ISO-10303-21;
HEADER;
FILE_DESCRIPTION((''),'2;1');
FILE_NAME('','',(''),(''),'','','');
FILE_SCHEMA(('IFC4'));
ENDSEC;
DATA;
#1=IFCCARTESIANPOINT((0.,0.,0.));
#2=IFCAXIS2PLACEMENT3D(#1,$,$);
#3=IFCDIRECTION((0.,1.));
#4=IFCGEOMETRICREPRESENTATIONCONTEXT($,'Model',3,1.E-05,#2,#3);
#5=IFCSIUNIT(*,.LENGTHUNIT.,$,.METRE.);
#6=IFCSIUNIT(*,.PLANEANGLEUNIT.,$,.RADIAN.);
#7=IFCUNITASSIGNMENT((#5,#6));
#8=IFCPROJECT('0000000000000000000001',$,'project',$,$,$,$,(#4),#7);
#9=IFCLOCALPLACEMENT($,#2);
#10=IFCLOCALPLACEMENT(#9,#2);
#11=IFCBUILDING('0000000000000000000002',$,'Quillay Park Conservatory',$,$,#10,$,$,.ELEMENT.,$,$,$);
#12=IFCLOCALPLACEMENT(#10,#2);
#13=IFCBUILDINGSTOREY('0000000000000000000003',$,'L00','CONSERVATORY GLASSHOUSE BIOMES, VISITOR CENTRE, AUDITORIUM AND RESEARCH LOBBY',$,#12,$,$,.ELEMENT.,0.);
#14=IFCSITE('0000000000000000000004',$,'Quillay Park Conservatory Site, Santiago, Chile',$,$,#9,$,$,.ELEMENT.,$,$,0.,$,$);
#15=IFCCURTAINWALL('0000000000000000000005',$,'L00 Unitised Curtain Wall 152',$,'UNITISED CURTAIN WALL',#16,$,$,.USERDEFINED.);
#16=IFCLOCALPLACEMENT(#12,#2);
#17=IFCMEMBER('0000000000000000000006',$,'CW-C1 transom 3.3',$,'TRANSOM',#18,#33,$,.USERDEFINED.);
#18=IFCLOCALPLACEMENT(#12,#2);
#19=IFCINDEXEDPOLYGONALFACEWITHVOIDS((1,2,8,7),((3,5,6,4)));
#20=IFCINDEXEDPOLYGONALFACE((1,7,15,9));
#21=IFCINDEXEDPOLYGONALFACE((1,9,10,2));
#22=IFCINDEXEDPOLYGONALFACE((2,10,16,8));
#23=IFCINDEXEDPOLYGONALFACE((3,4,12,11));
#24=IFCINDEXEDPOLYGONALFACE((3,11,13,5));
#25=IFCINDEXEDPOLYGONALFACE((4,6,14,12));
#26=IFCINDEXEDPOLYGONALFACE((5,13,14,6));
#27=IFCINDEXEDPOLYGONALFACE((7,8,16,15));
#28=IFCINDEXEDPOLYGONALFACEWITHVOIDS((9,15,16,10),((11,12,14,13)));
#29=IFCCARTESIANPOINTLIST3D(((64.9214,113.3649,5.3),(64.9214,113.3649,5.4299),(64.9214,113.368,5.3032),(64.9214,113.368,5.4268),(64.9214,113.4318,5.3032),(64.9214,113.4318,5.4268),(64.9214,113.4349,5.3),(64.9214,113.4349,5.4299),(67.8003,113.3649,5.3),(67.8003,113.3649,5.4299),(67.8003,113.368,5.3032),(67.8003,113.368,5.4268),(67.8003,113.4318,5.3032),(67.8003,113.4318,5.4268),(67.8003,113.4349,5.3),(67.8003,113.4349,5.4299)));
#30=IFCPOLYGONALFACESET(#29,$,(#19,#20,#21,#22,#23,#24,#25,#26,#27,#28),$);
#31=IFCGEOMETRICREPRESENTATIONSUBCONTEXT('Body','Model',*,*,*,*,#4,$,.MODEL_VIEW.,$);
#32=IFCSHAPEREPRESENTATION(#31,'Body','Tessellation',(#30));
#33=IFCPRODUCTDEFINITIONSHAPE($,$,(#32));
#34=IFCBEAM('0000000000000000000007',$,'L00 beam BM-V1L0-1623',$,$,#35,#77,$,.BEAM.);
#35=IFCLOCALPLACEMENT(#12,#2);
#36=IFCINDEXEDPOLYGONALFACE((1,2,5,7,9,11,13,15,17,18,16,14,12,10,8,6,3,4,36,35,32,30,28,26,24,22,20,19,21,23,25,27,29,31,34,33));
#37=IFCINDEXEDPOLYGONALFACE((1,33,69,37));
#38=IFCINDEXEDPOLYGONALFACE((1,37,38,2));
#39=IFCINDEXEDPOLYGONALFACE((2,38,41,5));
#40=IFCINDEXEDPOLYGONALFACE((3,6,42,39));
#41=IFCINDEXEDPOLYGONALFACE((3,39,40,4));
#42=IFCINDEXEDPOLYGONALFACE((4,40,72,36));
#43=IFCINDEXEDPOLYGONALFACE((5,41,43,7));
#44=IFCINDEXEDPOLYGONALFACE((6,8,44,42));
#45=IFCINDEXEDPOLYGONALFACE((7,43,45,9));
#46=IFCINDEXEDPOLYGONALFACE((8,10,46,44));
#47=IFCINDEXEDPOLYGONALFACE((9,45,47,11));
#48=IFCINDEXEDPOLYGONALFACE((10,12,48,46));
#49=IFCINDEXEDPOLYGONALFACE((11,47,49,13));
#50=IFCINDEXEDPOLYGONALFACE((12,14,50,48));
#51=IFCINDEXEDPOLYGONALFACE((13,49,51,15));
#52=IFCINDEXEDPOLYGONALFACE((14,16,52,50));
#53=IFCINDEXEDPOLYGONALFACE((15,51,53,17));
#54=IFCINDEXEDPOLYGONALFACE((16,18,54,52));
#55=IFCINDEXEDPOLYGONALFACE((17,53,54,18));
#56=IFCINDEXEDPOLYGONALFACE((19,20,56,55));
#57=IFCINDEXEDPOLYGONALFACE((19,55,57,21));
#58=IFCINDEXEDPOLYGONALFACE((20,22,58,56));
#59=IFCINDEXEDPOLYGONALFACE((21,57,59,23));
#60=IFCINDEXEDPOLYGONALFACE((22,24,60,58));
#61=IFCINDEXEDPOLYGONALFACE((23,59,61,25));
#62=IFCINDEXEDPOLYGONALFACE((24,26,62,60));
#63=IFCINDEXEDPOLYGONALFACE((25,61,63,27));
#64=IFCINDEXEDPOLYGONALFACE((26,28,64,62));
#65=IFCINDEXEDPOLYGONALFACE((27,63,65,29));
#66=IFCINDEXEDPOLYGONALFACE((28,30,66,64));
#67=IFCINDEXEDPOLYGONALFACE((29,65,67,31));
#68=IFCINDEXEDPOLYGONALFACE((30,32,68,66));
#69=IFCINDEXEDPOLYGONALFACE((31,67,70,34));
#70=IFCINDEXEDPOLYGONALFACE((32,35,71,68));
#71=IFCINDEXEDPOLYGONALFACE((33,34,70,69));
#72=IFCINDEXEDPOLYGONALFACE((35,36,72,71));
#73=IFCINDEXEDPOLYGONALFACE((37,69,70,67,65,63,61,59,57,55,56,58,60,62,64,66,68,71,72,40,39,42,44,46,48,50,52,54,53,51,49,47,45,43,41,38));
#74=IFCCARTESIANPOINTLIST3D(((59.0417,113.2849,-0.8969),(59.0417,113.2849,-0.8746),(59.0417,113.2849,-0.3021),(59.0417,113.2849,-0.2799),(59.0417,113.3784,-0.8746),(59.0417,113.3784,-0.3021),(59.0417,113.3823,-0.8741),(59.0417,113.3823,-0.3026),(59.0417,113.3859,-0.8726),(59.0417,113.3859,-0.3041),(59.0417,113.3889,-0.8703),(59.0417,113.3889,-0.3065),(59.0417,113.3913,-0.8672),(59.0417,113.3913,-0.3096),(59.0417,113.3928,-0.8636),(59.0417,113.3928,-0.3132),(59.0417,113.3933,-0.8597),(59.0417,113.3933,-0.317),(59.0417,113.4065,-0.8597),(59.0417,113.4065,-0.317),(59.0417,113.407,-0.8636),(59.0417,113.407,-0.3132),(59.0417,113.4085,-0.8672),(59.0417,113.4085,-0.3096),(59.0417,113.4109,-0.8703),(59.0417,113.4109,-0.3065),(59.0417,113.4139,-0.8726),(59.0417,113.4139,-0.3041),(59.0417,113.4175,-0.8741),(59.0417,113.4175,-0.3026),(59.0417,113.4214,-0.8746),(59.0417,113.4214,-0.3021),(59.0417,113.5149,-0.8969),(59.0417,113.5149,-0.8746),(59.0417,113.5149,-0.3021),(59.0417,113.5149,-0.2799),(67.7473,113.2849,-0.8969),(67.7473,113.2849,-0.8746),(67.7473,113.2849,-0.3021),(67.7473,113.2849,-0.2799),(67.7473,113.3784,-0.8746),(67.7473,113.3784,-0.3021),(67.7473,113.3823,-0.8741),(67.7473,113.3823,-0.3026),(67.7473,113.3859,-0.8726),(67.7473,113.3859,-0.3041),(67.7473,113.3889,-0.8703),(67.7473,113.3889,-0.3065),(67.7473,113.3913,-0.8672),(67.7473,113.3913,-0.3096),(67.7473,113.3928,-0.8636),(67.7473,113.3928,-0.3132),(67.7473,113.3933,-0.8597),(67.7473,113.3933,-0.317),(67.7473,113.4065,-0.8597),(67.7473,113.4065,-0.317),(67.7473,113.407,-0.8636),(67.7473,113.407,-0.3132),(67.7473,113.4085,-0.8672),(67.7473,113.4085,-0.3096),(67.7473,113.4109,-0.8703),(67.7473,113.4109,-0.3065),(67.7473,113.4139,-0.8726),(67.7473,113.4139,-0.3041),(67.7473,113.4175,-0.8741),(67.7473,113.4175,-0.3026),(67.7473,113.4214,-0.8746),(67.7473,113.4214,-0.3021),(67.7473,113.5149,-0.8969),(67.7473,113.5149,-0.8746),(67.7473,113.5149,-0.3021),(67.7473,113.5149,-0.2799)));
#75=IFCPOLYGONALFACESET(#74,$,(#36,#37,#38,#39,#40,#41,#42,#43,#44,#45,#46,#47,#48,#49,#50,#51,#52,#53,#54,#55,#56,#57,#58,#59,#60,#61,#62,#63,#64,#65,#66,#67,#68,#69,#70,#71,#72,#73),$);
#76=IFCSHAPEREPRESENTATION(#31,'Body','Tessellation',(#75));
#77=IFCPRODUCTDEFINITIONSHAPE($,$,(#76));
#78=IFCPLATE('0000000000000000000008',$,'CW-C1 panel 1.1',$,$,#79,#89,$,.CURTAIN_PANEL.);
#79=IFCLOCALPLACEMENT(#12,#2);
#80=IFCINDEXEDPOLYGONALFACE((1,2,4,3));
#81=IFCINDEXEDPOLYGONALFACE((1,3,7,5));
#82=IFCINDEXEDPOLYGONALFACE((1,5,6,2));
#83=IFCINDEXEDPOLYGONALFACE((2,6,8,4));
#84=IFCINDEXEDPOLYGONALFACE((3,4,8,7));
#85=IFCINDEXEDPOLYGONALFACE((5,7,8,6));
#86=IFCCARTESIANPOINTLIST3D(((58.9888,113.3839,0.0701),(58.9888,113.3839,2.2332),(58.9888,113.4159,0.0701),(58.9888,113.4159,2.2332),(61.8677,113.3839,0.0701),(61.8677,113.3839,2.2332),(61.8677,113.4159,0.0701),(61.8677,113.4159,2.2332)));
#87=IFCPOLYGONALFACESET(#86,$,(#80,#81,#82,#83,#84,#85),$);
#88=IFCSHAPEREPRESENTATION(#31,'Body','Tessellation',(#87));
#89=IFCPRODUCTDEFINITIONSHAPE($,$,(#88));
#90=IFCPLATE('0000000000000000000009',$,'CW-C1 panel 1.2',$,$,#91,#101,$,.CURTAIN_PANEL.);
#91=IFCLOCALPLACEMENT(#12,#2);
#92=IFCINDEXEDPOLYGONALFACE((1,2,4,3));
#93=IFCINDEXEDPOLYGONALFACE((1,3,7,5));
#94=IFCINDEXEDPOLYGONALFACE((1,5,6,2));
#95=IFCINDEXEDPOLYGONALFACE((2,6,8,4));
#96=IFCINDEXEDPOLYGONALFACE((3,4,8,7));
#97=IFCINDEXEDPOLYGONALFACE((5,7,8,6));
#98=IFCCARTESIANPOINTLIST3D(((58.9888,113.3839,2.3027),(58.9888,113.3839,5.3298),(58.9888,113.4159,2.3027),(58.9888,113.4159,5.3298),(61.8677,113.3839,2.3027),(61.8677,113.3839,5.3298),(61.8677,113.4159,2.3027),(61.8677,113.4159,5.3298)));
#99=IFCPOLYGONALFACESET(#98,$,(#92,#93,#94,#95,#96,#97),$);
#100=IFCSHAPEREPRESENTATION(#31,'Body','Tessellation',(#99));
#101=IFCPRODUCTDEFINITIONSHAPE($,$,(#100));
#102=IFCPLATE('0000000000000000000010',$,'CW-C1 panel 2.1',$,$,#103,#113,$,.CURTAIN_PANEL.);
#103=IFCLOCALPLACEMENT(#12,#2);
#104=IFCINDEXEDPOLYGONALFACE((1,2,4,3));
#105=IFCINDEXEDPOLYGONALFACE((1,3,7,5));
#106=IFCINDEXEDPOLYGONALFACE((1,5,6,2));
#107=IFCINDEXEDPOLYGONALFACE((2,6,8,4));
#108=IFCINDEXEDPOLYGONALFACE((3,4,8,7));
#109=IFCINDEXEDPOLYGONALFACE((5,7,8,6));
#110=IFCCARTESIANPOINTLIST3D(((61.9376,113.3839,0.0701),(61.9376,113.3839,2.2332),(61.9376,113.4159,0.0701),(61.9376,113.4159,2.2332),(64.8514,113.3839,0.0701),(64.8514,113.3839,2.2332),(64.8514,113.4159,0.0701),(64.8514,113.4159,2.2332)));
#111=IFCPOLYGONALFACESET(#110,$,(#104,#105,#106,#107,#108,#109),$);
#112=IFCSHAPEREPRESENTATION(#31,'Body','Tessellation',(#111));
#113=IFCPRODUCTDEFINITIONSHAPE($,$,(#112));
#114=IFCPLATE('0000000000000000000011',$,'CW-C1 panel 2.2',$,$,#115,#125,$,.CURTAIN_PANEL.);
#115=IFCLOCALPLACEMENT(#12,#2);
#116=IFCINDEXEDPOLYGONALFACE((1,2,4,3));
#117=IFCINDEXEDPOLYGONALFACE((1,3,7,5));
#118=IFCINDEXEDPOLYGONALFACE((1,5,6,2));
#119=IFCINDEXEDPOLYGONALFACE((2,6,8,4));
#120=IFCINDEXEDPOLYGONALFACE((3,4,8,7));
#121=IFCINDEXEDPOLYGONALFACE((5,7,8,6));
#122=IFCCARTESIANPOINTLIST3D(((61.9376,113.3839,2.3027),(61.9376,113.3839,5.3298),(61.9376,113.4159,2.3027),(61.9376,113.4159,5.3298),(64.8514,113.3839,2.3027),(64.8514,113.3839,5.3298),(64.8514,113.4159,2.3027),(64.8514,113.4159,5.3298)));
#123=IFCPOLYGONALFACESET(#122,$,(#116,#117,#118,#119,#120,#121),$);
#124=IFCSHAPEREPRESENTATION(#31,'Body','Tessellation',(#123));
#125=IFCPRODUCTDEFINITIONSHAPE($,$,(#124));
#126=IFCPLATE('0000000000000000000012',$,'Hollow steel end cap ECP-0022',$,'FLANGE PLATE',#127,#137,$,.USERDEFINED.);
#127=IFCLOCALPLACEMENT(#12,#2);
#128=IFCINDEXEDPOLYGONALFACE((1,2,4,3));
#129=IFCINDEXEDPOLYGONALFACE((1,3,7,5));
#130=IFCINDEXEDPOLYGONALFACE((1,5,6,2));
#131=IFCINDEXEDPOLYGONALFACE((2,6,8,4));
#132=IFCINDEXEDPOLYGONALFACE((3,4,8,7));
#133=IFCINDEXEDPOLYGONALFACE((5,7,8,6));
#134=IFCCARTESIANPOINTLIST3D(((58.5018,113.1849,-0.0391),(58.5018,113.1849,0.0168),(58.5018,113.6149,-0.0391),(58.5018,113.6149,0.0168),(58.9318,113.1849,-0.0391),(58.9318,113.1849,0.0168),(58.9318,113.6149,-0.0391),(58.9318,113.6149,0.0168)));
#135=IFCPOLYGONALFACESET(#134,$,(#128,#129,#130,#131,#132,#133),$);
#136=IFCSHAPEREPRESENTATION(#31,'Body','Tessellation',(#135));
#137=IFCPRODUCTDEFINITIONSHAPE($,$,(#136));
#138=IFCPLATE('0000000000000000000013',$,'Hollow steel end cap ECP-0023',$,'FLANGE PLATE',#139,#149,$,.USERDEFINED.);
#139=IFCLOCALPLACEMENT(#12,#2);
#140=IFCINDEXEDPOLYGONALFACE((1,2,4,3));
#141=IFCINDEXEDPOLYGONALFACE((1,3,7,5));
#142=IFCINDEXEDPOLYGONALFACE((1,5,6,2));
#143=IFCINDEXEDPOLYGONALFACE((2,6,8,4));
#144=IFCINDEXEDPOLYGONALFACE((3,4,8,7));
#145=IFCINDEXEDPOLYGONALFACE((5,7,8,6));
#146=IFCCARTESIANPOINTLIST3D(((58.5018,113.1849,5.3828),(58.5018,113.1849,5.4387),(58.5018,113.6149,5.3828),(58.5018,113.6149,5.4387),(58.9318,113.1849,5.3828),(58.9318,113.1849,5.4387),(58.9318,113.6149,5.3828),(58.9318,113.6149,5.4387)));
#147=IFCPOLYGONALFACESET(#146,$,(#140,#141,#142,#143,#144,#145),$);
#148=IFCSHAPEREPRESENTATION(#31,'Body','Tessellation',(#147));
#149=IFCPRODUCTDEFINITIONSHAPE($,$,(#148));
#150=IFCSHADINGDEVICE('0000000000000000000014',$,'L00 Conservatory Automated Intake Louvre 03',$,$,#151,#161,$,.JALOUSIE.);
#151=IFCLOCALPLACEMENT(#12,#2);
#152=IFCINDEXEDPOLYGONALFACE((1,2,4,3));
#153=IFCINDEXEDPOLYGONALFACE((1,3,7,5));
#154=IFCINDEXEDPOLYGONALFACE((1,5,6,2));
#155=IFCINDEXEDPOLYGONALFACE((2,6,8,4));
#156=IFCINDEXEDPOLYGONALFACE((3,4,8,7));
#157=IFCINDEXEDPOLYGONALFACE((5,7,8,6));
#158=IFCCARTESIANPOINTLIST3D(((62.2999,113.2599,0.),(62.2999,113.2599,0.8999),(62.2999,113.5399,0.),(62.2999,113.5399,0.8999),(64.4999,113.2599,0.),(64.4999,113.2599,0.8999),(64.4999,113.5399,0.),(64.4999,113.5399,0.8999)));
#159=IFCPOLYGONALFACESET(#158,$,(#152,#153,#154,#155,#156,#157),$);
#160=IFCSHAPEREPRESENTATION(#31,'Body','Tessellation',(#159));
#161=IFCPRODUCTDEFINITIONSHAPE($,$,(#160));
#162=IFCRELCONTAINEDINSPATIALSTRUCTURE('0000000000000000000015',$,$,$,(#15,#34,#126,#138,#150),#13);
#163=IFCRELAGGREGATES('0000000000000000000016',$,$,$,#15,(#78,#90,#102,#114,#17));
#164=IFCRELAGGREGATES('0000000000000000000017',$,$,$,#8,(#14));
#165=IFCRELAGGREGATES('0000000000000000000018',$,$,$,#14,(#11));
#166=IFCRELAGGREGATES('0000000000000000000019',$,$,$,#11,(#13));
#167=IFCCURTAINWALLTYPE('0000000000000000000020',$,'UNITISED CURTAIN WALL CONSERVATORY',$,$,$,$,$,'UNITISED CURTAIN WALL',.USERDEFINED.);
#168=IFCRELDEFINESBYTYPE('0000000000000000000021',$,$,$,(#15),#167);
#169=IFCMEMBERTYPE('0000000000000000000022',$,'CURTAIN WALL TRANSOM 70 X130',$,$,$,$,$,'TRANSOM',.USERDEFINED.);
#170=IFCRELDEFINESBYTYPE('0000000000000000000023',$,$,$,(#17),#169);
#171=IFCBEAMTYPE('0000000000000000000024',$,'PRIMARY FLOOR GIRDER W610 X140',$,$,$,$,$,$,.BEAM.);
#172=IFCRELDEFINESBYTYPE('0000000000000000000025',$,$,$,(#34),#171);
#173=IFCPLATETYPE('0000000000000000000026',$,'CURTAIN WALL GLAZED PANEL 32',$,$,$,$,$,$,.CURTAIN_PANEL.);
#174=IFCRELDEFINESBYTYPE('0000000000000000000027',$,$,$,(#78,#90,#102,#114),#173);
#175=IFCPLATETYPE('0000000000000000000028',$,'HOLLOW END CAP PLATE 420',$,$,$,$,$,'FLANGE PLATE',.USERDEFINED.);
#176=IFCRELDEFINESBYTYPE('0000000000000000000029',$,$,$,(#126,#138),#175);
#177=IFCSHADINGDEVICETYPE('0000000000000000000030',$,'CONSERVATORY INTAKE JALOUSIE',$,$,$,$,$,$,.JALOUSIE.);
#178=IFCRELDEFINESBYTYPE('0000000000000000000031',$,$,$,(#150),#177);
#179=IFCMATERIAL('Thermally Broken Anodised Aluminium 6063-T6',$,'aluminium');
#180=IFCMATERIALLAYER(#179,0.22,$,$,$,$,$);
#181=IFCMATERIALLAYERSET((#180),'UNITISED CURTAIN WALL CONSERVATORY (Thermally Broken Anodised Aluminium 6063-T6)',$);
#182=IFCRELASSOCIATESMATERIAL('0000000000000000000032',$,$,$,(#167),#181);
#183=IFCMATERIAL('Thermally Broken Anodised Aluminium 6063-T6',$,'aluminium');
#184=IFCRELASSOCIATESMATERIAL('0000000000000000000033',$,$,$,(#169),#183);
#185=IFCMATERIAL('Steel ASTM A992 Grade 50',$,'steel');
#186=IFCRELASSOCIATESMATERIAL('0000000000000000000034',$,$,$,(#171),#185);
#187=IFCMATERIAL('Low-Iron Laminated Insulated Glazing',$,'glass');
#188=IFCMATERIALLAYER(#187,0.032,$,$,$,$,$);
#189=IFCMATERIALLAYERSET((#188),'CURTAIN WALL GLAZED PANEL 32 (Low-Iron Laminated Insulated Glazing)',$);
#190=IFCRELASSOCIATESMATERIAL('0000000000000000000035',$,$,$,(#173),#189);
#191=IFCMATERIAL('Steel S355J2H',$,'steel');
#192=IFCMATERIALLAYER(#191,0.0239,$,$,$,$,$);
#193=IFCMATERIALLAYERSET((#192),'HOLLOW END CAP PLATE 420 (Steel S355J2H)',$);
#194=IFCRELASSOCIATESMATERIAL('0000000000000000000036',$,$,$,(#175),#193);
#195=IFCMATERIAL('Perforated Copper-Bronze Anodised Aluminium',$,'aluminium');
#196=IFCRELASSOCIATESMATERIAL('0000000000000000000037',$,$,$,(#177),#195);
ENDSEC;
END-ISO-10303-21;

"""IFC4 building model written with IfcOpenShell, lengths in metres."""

from ifc_helpers import new_model, si_unit, direction, frame, origin, origin_2d, place, context, subcontext, project, spatial, rectangle, hollow_rectangle, i_section, extrude, material, layer, layer_set, material_profile, profile_set, type_object, element, aggregate, save


model = new_model("IFC4")

# Units and contexts
model_context = context("Model", 3, precision=1e-05, world=origin(), true_north=direction((0.0, 1.0)))
body_context = subcontext(model_context, "Body", "Model", "MODEL_VIEW")
ifc_project = project(units=[si_unit("LENGTHUNIT", "METRE"), si_unit("PLANEANGLEUNIT", "RADIAN")], contexts=[model_context])

# Site, building, storey
site_placement = place(None, origin())
site = spatial("IfcSite", under=ifc_project, at=site_placement, Name="Quillay Park Conservatory Site, Santiago, Chile", CompositionType="ELEMENT", RefElevation=0.0)
building_placement = place(site_placement, origin())
building = spatial("IfcBuilding", under=site, at=building_placement, Name="Quillay Park Conservatory", CompositionType="ELEMENT")
storey_placement = place(building_placement, origin())
storey = spatial("IfcBuildingStorey", under=building, at=storey_placement, Name="L00", Description="CONSERVATORY GLASSHOUSE BIOMES, VISITOR CENTRE, AUDITORIUM AND RESEARCH LOBBY", CompositionType="ELEMENT", Elevation=0.0)

# Curtain wall, member
ifc_material_1 = material(Name="Thermally Broken Anodised Aluminium 6063-T6", Category="aluminium")
ifc_layer_1 = layer(ifc_material_1, 0.22)
ifc_layer_set_1 = layer_set([ifc_layer_1], Name="UNITISED CURTAIN WALL CONSERVATORY (Thermally Broken Anodised Aluminium 6063-T6)")
curtain_wall_type = type_object("IfcCurtainWallType", Name="UNITISED CURTAIN WALL CONSERVATORY", ElementType="UNITISED CURTAIN WALL", PredefinedType="USERDEFINED", material=ifc_layer_set_1)
curtain_wall_placement = place(storey_placement, origin())
curtain_wall = element("IfcCurtainWall", 1, at=curtain_wall_placement, inside=storey, type_object=curtain_wall_type, Name="L00 Unitised Curtain Wall 152", ObjectType="UNITISED CURTAIN WALL", PredefinedType="USERDEFINED")
ifc_material_2 = material(Name="Thermally Broken Anodised Aluminium 6063-T6", Category="aluminium")
ifc_material_profile_1 = material_profile(ifc_material_2, hollow_rectangle(XDim=0.0701, YDim=0.1299, WallThickness=0.0032, at=origin_2d()), Name="AL70x130x3.2")
ifc_profile_set_1 = profile_set([ifc_material_profile_1], Name="Thermally Broken Anodised Aluminium 6063-T6")
member_type_1 = type_object("IfcMemberType", Name="CURTAIN WALL TRANSOM 70 X130", ElementType="TRANSOM", PredefinedType="USERDEFINED", material=ifc_profile_set_1)
member_1_placement = place(storey_placement, frame((64.9214, 113.3999, 5.365), z_axis=(1.0, 0.0, 0.0), x_axis=(0.0, 1.0, 0.0)))
member_1 = element("IfcMember", 2, at=member_1_placement, type_object=member_type_1, Name="CW-C1 transom 3.3", ObjectType="TRANSOM", PredefinedType="USERDEFINED", context=body_context, shape_type="SweptSolid", body=[
    extrude(hollow_rectangle(XDim=0.0701, YDim=0.1299, WallThickness=0.0032, at=origin_2d()), origin(), (0.0, 0.0, 1.0), 2.8789),
])

# Beam
ifc_material_3 = material(Name="Steel ASTM A992 Grade 50", Category="steel")
ifc_material_profile_2 = material_profile(ifc_material_3, i_section(OverallWidth=0.23, OverallDepth=0.6169, WebThickness=0.0132, FlangeThickness=0.0222, FilletRadius=0.0149, at=origin_2d()), Name="W610x140")
ifc_profile_set_2 = profile_set([ifc_material_profile_2], Name="Steel ASTM A992 Grade 50")
beam_type = type_object("IfcBeamType", Name="PRIMARY FLOOR GIRDER W610 X140", PredefinedType="BEAM", material=ifc_profile_set_2)
beam_placement = place(storey_placement, frame((59.0417, 113.3999, -0.5884), z_axis=(1.0, 0.0, 0.0), x_axis=(0.0, 1.0, 0.0)))
element("IfcBeam", 3, at=beam_placement, inside=storey, type_object=beam_type, Name="L00 beam BM-V1L0-1623", PredefinedType="BEAM", context=body_context, shape_type="SweptSolid", body=[
    extrude(i_section(OverallWidth=0.23, OverallDepth=0.6169, WebThickness=0.0132, FlangeThickness=0.0222, FilletRadius=0.0149, at=origin_2d()), origin(), (0.0, 0.0, 1.0), 8.7056),
])

# Plates
ifc_material_4 = material(Name="Low-Iron Laminated Insulated Glazing", Category="glass")
ifc_layer_2 = layer(ifc_material_4, 0.032)
ifc_layer_set_2 = layer_set([ifc_layer_2], Name="CURTAIN WALL GLAZED PANEL 32 (Low-Iron Laminated Insulated Glazing)")
plate_type_1 = type_object("IfcPlateType", Name="CURTAIN WALL GLAZED PANEL 32", PredefinedType="CURTAIN_PANEL", material=ifc_layer_set_2)
plate_1_placement = place(storey_placement, frame((60.4282, 113.3999, 0.0701), z_axis=(0.0, 0.0, 1.0), x_axis=(1.0, 0.0, 0.0)))
plate_1 = element("IfcPlate", 4, at=plate_1_placement, type_object=plate_type_1, Name="CW-C1 panel 1.1", PredefinedType="CURTAIN_PANEL", context=body_context, shape_type="SweptSolid", body=[
    extrude(rectangle(XDim=2.8789, YDim=0.032, at=origin_2d()), origin(), (0.0, 0.0, 1.0), 2.1631),
])
plate_2_placement = place(storey_placement, frame((60.4282, 113.3999, 2.3027), z_axis=(0.0, 0.0, 1.0), x_axis=(1.0, 0.0, 0.0)))
plate_2 = element("IfcPlate", 5, at=plate_2_placement, type_object=plate_type_1, Name="CW-C1 panel 1.2", PredefinedType="CURTAIN_PANEL", context=body_context, shape_type="SweptSolid", body=[
    extrude(rectangle(XDim=2.8789, YDim=0.032, at=origin_2d()), origin(), (0.0, 0.0, 1.0), 3.0271),
])
plate_3_placement = place(storey_placement, frame((63.3945, 113.3999, 0.0701), z_axis=(0.0, 0.0, 1.0), x_axis=(1.0, 0.0, 0.0)))
plate_3 = element("IfcPlate", 6, at=plate_3_placement, type_object=plate_type_1, Name="CW-C1 panel 2.1", PredefinedType="CURTAIN_PANEL", context=body_context, shape_type="SweptSolid", body=[
    extrude(rectangle(XDim=2.9138, YDim=0.032, at=origin_2d()), origin(), (0.0, 0.0, 1.0), 2.1631),
])
plate_4_placement = place(storey_placement, frame((63.3945, 113.3999, 2.3027), z_axis=(0.0, 0.0, 1.0), x_axis=(1.0, 0.0, 0.0)))
plate_4 = element("IfcPlate", 7, at=plate_4_placement, type_object=plate_type_1, Name="CW-C1 panel 2.2", PredefinedType="CURTAIN_PANEL", context=body_context, shape_type="SweptSolid", body=[
    extrude(rectangle(XDim=2.9138, YDim=0.032, at=origin_2d()), origin(), (0.0, 0.0, 1.0), 3.0271),
])
aggregate(curtain_wall, [plate_1, plate_2, plate_3, plate_4, member_1])

# Plates
ifc_material_5 = material(Name="Steel S355J2H", Category="steel")
ifc_layer_3 = layer(ifc_material_5, 0.0239)
ifc_layer_set_3 = layer_set([ifc_layer_3], Name="HOLLOW END CAP PLATE 420 (Steel S355J2H)")
plate_type_2 = type_object("IfcPlateType", Name="HOLLOW END CAP PLATE 420", ElementType="FLANGE PLATE", PredefinedType="USERDEFINED", material=ifc_layer_set_3)
for number, where, z_axis, x_axis, name in (
    (8, (58.7168, 113.3999, -0.0391), (0.0, 0.0, 1.0), (1.0, 0.0, 0.0), "Hollow steel end cap ECP-0022"),
    (9, (58.7168, 113.3999, 5.3828), (0.0, 0.0, 1.0), (1.0, 0.0, 0.0), "Hollow steel end cap ECP-0023"),
):
    element("IfcPlate", number, at=place(storey_placement, frame(where, z_axis=z_axis, x_axis=x_axis)), inside=storey, type_object=plate_type_2, Name=name, ObjectType="FLANGE PLATE", PredefinedType="USERDEFINED", context=body_context, shape_type="SweptSolid", body=[
        extrude(rectangle(XDim=0.4299, YDim=0.4299, at=origin_2d()), origin(), (0.0, 0.0, 1.0), 0.0559),
    ])

# Shading device
ifc_material_6 = material(Name="Perforated Copper-Bronze Anodised Aluminium", Category="aluminium")
shading_device_type = type_object("IfcShadingDeviceType", Name="CONSERVATORY INTAKE JALOUSIE", PredefinedType="JALOUSIE", material=ifc_material_6)
shading_device_placement = place(storey_placement, frame((63.3999, 113.3999, 0.0), z_axis=(0.0, 0.0, 1.0), x_axis=(1.0, 0.0, 0.0)))
element("IfcShadingDevice", 10, at=shading_device_placement, inside=storey, type_object=shading_device_type, Name="L00 Conservatory Automated Intake Louvre 03", PredefinedType="JALOUSIE", context=body_context, shape_type="SweptSolid", body=[
    extrude(rectangle(XDim=2.2, YDim=0.28, at=origin_2d()), origin(), (0.0, 0.0, 1.0), 0.8999),
])

save(model, "model.ifc")
